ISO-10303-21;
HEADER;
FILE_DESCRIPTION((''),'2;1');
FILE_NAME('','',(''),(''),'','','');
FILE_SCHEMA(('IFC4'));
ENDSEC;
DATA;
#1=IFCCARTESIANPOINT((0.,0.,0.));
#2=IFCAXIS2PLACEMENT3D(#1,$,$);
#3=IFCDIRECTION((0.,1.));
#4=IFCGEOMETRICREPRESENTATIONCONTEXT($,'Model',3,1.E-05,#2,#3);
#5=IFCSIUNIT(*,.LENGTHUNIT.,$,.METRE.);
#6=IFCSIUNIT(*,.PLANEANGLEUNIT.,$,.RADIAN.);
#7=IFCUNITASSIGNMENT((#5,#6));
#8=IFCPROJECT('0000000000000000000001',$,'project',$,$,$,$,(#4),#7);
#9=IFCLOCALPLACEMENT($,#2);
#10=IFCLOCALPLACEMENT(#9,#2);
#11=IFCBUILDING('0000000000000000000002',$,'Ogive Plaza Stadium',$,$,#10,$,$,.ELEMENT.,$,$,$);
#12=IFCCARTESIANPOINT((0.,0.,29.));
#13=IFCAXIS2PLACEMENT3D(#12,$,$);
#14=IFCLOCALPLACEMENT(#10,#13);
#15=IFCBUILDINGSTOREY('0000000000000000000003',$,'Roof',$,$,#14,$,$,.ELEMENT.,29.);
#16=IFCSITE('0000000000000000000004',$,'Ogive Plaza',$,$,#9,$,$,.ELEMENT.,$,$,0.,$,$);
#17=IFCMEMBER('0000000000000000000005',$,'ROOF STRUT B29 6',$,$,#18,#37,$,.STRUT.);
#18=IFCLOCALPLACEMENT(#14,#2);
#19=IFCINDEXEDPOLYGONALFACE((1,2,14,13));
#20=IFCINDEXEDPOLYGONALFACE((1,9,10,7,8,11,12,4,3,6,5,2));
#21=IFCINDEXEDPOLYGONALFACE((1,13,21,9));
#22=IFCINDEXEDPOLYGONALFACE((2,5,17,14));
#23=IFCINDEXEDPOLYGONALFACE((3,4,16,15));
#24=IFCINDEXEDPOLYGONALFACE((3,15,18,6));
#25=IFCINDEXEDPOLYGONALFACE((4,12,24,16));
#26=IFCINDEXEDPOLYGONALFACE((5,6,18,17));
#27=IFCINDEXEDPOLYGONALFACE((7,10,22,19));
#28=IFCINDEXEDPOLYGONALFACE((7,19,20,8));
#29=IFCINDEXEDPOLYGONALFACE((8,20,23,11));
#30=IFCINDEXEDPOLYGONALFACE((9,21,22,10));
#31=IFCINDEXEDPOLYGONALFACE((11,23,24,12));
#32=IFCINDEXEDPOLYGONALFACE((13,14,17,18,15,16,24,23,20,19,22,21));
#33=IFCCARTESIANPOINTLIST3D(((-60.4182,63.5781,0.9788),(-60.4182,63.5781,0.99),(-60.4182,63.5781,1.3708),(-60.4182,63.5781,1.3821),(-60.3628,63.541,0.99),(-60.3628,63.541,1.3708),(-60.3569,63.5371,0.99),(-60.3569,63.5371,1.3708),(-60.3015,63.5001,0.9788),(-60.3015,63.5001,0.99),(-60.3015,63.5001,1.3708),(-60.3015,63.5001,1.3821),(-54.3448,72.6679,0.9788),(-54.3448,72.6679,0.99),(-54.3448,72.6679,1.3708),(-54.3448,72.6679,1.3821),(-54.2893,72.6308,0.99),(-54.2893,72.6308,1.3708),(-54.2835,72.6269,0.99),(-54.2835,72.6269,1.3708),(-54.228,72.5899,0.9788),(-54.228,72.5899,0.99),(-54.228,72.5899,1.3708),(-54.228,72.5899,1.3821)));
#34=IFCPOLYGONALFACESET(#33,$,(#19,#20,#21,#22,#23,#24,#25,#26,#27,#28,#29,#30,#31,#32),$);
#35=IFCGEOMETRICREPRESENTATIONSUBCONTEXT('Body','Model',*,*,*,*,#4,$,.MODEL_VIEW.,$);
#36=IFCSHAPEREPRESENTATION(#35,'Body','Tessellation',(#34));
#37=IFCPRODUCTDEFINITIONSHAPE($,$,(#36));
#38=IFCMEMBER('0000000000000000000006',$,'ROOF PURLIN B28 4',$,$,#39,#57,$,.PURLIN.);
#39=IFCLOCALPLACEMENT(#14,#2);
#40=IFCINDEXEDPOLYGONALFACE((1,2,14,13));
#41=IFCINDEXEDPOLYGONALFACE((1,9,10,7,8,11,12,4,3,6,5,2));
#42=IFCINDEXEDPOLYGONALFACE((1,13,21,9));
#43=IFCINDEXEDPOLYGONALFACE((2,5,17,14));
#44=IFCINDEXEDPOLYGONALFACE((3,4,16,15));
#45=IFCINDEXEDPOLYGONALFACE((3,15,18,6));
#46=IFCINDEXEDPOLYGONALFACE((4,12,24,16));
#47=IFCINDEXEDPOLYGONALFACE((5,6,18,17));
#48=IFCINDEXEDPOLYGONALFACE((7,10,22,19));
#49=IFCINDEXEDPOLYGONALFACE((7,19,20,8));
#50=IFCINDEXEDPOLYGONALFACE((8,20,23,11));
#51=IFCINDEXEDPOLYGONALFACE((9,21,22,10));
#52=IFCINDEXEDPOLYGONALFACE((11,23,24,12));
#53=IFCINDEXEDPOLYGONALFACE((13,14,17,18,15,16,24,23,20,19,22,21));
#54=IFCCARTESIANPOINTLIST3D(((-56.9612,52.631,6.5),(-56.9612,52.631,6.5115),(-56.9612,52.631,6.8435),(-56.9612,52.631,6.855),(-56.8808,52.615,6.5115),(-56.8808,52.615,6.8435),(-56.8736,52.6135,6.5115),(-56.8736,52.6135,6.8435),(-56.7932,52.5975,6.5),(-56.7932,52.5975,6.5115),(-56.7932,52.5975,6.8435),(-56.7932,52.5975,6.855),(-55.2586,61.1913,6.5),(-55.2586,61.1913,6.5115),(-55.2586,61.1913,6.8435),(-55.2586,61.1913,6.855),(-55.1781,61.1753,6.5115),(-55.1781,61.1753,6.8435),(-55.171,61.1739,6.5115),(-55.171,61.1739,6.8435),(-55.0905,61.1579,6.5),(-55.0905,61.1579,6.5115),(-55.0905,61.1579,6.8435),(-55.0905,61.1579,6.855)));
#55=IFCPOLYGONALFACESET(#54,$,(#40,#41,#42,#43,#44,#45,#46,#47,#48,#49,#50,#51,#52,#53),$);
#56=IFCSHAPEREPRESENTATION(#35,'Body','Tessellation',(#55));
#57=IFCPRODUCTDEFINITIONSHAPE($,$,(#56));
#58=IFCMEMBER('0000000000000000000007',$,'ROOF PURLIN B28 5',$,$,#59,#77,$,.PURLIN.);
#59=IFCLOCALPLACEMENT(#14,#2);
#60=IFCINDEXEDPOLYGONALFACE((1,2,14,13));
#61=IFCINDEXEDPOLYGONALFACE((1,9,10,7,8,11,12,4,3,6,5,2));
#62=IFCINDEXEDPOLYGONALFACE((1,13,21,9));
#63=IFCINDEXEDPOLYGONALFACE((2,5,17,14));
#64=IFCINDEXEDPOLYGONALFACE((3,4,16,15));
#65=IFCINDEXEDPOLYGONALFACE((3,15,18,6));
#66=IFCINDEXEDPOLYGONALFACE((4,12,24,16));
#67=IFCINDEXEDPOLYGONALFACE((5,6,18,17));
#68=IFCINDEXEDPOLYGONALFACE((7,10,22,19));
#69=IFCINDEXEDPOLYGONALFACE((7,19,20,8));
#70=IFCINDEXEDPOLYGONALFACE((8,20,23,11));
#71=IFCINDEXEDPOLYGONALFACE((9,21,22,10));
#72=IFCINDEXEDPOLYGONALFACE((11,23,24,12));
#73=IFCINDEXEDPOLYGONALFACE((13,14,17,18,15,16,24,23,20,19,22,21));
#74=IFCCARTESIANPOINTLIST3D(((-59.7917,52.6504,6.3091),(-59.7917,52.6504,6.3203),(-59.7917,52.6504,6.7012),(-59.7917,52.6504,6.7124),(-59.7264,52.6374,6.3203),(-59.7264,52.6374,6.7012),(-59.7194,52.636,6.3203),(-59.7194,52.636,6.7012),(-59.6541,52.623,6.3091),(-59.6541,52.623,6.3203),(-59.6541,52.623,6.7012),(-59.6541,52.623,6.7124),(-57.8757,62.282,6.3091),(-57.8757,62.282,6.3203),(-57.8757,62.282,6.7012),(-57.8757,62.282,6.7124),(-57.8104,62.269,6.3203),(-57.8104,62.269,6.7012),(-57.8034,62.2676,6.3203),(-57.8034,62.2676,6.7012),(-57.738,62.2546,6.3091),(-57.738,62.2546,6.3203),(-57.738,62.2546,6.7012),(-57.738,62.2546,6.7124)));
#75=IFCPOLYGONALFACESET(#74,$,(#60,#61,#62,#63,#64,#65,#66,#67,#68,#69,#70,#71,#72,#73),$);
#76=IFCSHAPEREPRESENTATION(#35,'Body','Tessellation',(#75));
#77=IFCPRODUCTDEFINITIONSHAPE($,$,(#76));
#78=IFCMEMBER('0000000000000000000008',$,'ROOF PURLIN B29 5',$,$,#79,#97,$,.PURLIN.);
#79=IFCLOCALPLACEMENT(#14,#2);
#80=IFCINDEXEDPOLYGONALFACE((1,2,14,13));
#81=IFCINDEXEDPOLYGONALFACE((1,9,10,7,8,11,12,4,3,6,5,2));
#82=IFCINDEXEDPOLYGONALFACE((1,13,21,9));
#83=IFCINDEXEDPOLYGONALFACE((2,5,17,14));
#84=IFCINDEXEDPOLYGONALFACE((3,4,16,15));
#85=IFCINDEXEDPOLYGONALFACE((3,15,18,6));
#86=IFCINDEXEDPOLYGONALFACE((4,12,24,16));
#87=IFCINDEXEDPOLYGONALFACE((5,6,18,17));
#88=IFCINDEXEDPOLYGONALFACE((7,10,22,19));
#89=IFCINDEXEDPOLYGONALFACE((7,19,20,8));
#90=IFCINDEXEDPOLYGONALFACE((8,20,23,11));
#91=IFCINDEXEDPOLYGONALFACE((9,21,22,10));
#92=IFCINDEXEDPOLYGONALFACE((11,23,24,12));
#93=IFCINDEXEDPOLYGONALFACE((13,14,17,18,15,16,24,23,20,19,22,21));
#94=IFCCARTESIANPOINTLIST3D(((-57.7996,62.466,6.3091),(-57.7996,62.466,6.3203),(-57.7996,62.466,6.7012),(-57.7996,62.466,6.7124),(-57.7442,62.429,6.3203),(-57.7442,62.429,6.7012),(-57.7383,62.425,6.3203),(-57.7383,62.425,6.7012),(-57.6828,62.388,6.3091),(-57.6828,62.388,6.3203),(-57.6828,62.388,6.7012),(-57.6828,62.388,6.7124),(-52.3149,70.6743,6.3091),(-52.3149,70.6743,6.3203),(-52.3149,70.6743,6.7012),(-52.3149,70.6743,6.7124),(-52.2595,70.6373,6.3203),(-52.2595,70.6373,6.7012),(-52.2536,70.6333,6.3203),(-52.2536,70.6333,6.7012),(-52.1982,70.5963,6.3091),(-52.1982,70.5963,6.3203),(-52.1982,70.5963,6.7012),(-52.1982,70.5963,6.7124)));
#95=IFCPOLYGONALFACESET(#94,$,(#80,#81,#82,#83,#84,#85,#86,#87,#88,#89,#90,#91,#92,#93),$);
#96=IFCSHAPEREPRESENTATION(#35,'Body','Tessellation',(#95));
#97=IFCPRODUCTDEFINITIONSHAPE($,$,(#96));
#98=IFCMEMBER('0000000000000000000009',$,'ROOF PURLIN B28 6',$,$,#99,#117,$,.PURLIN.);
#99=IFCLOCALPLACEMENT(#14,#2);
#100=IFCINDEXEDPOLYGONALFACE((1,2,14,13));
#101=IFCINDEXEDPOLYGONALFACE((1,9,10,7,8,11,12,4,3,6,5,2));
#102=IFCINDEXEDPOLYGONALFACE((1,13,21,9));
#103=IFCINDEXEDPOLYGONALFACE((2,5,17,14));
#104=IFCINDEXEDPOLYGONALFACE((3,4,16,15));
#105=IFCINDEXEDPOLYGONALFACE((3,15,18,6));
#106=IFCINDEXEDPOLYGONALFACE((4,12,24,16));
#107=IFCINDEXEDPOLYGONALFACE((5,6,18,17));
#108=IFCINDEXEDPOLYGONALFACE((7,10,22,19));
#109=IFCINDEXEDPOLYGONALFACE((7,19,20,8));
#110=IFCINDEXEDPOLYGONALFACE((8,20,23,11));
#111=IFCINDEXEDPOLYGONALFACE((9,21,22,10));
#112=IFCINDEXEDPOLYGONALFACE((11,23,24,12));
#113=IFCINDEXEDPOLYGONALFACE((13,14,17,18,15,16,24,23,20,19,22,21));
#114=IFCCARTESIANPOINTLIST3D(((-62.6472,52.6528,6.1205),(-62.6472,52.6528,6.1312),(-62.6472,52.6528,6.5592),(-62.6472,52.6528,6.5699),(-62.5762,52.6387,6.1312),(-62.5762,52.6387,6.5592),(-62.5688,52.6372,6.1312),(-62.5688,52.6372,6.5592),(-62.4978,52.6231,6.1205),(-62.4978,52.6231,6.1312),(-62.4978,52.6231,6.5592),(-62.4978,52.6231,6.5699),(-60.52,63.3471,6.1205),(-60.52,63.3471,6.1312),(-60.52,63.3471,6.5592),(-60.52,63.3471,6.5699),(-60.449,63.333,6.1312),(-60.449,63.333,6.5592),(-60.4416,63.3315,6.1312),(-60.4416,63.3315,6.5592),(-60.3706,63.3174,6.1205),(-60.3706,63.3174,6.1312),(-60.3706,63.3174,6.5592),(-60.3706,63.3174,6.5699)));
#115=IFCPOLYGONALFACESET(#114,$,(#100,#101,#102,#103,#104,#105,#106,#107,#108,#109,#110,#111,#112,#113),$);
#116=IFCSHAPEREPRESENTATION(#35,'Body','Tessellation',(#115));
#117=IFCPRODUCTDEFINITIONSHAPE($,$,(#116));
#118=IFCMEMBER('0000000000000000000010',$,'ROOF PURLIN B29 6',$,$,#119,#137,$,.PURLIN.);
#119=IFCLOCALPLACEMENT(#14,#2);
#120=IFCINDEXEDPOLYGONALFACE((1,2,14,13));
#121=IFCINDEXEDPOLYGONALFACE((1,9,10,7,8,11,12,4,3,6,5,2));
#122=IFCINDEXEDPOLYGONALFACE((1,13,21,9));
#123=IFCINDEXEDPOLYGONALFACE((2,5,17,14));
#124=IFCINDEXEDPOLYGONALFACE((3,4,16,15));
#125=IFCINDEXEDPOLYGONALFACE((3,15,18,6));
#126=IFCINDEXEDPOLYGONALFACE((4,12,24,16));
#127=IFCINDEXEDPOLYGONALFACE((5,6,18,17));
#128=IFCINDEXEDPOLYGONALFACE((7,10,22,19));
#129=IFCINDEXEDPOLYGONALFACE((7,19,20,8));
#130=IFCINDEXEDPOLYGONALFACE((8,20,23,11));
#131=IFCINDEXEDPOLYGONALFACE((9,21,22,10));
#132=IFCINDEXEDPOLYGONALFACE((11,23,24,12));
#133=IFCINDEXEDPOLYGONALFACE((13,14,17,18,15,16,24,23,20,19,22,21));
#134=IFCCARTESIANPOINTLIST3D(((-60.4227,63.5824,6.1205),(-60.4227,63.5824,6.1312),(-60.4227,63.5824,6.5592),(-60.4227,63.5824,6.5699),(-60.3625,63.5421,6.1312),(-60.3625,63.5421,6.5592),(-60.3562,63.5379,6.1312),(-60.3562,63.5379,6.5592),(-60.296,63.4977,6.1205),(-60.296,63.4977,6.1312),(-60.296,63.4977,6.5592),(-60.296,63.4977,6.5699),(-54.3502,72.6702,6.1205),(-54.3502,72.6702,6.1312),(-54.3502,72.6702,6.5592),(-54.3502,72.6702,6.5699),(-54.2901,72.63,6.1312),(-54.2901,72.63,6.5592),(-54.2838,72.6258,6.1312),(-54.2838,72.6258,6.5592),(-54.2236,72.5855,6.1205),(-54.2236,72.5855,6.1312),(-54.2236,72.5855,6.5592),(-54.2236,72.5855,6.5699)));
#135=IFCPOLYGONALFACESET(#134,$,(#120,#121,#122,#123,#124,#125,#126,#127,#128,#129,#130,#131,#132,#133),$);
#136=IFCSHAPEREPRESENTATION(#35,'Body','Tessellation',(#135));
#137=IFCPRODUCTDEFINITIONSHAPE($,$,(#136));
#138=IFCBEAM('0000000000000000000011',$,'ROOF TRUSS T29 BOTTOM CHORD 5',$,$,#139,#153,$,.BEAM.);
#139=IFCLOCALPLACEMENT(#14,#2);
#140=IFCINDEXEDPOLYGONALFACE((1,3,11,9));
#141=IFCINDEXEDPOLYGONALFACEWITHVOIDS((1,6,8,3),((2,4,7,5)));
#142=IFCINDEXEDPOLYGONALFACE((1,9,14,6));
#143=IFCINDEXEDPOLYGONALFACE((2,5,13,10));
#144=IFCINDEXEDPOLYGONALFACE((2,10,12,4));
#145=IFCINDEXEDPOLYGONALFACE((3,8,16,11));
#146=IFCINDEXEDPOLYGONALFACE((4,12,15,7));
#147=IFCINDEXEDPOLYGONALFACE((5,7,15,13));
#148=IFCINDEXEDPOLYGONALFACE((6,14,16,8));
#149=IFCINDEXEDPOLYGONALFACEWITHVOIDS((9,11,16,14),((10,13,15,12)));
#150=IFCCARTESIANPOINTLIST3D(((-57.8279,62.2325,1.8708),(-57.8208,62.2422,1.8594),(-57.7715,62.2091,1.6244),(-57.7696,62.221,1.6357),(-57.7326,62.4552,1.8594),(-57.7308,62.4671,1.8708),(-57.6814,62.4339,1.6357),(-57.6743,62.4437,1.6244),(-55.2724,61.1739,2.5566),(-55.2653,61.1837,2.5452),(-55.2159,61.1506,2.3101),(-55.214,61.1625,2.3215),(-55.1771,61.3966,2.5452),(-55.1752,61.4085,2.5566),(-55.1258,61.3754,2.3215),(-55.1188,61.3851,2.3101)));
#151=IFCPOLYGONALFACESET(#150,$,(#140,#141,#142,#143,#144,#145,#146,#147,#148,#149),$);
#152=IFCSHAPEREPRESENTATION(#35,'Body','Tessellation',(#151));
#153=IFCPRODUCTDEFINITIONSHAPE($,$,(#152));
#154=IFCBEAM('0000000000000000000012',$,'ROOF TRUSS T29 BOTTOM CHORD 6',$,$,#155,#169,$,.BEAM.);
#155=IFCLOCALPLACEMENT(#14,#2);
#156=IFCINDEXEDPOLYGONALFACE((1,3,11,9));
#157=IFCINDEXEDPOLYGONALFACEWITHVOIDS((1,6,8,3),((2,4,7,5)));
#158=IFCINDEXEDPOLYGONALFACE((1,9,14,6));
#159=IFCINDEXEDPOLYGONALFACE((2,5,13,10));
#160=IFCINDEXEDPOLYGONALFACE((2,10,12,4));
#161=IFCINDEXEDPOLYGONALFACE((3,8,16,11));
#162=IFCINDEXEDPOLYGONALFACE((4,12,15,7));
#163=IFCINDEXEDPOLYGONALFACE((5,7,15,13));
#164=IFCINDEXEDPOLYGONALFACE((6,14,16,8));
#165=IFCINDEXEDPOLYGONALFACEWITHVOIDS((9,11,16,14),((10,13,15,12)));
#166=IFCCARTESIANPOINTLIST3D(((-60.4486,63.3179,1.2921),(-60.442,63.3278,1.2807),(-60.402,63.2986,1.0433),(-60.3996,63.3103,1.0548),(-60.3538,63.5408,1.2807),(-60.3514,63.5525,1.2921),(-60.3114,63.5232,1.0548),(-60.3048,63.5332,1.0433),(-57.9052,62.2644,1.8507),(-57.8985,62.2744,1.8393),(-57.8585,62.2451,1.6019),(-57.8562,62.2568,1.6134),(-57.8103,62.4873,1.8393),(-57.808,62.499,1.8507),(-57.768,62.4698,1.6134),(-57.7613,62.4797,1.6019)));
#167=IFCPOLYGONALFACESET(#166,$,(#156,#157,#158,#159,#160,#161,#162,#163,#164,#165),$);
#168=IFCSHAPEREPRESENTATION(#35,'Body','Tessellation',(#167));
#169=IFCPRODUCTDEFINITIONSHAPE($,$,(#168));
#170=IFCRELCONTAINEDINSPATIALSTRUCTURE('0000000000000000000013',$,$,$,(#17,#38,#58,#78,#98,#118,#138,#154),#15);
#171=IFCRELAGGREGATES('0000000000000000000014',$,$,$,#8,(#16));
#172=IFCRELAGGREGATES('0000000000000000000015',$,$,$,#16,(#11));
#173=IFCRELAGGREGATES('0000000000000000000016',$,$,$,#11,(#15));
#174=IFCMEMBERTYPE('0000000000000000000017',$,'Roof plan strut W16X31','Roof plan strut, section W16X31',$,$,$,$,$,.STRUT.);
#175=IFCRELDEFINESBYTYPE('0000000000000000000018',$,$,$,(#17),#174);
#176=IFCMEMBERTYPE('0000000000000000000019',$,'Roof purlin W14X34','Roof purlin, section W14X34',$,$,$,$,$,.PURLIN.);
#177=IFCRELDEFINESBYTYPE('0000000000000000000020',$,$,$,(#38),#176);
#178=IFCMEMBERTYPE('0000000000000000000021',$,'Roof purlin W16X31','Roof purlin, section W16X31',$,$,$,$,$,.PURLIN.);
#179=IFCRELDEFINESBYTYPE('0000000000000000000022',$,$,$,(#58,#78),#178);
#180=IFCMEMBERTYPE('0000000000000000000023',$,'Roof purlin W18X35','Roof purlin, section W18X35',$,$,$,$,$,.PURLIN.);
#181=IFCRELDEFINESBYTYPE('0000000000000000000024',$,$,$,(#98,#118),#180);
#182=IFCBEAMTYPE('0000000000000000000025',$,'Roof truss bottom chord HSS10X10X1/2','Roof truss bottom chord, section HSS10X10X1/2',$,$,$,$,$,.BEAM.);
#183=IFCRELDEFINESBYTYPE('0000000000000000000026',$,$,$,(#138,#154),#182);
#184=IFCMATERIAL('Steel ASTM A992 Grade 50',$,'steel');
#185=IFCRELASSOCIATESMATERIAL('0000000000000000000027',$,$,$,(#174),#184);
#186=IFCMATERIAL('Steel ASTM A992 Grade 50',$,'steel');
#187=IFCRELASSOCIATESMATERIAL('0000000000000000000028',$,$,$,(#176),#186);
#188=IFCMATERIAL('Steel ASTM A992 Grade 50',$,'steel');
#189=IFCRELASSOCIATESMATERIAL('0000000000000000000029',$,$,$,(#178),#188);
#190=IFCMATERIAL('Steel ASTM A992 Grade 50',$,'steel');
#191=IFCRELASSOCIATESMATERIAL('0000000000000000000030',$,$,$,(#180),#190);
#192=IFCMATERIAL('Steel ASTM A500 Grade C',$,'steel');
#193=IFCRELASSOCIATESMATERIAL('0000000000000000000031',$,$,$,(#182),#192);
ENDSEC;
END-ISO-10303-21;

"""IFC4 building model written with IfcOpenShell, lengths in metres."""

from ifc_helpers import new_model, si_unit, direction, frame, origin, origin_2d, place, context, subcontext, project, spatial, hollow_rectangle, i_section, extrude, material, material_profile, profile_set, type_object, element, save


model = new_model("IFC4")

# Units and contexts
model_context = context("Model", 3, precision=1e-05, world=origin(), true_north=direction((0.0, 1.0)))
body_context = subcontext(model_context, "Body", "Model", "MODEL_VIEW")
ifc_project = project(units=[si_unit("LENGTHUNIT", "METRE"), si_unit("PLANEANGLEUNIT", "RADIAN")], contexts=[model_context])

# Site, building, storey
site_placement = place(None, origin())
site = spatial("IfcSite", under=ifc_project, at=site_placement, Name="Ogive Plaza", CompositionType="ELEMENT", RefElevation=0.0)
building_placement = place(site_placement, origin())
building = spatial("IfcBuilding", under=site, at=building_placement, Name="Ogive Plaza Stadium", CompositionType="ELEMENT")
storey_placement = place(building_placement, frame((0.0, 0.0, 29.0)))
storey = spatial("IfcBuildingStorey", under=building, at=storey_placement, Name="Roof", CompositionType="ELEMENT", Elevation=29.0)

# Members
ifc_material_1 = material(Name="Steel ASTM A992 Grade 50", Category="steel")
ifc_material_profile_1 = material_profile(ifc_material_1, i_section(OverallWidth=0.1404, OverallDepth=0.4033, WebThickness=0.0071, FlangeThickness=0.0112, at=origin_2d()), Name="W16X31")
ifc_profile_set_1 = profile_set([ifc_material_profile_1], Name="Steel ASTM A992 Grade 50")
member_type_1 = type_object("IfcMemberType", Name="Roof plan strut W16X31", Description="Roof plan strut, section W16X31", PredefinedType="STRUT", material=ifc_profile_set_1)
member_1_placement = place(storey_placement, frame((-60.3599, 63.5391, 1.1804), z_axis=(0.555561, 0.831476, 0.0), x_axis=(-0.831476, 0.555561, 0.0)))
element("IfcMember", 1, at=member_1_placement, inside=storey, type_object=member_type_1, Name="ROOF STRUT B29 6", PredefinedType="STRUT", context=body_context, shape_type="SweptSolid", body=[
    extrude(i_section(OverallWidth=0.1404, OverallDepth=0.4033, WebThickness=0.0071, FlangeThickness=0.0112, at=origin_2d()), origin(), (0.0, 0.0, 1.0), 10.9321),
])
ifc_material_2 = material(Name="Steel ASTM A992 Grade 50", Category="steel")
ifc_material_profile_2 = material_profile(ifc_material_2, i_section(OverallWidth=0.1714, OverallDepth=0.355, WebThickness=0.0073, FlangeThickness=0.0115, at=origin_2d()), Name="W14X34")
ifc_profile_set_2 = profile_set([ifc_material_profile_2], Name="Steel ASTM A992 Grade 50")
member_type_2 = type_object("IfcMemberType", Name="Roof purlin W14X34", Description="Roof purlin, section W14X34", PredefinedType="PURLIN", material=ifc_profile_set_2)
member_2_placement = place(storey_placement, frame((-56.8772, 52.6143, 6.6775), z_axis=(0.195078, 0.980788, 0.0), x_axis=(-0.980788, 0.195078, 0.0)))
element("IfcMember", 2, at=member_2_placement, inside=storey, type_object=member_type_2, Name="ROOF PURLIN B28 4", PredefinedType="PURLIN", context=body_context, shape_type="SweptSolid", body=[
    extrude(i_section(OverallWidth=0.1714, OverallDepth=0.355, WebThickness=0.0073, FlangeThickness=0.0115, at=origin_2d()), origin(), (0.0, 0.0, 1.0), 8.728),
])
ifc_material_3 = material(Name="Steel ASTM A992 Grade 50", Category="steel")
ifc_material_profile_3 = material_profile(ifc_material_3, i_section(OverallWidth=0.1404, OverallDepth=0.4033, WebThickness=0.0071, FlangeThickness=0.0112, at=origin_2d()), Name="W16X31")
ifc_profile_set_3 = profile_set([ifc_material_profile_3], Name="Steel ASTM A992 Grade 50")
member_type_3 = type_object("IfcMemberType", Name="Roof purlin W16X31", Description="Roof purlin, section W16X31", PredefinedType="PURLIN", material=ifc_profile_set_3)
member_3_placement = place(storey_placement, frame((-59.7229, 52.6367, 6.5107), z_axis=(0.195107, 0.980782, 0.0), x_axis=(-0.980782, 0.195107, 0.0)))
element("IfcMember", 3, at=member_3_placement, inside=storey, type_object=member_type_3, Name="ROOF PURLIN B28 5", PredefinedType="PURLIN", context=body_context, shape_type="SweptSolid", body=[
    extrude(i_section(OverallWidth=0.1404, OverallDepth=0.4033, WebThickness=0.0071, FlangeThickness=0.0112, at=origin_2d()), origin(), (0.0, 0.0, 1.0), 9.8203),
])
member_4_placement = place(storey_placement, frame((-57.7412, 62.427, 6.5107), z_axis=(0.555573, 0.831468, 0.0), x_axis=(-0.831468, 0.555573, 0.0)))
element("IfcMember", 4, at=member_4_placement, inside=storey, type_object=member_type_3, Name="ROOF PURLIN B29 5", PredefinedType="PURLIN", context=body_context, shape_type="SweptSolid", body=[
    extrude(i_section(OverallWidth=0.1404, OverallDepth=0.4033, WebThickness=0.0071, FlangeThickness=0.0112, at=origin_2d()), origin(), (0.0, 0.0, 1.0), 9.8721),
])
ifc_material_4 = material(Name="Steel ASTM A992 Grade 50", Category="steel")
ifc_material_profile_4 = material_profile(ifc_material_4, i_section(OverallWidth=0.1523, OverallDepth=0.4495, WebThickness=0.0076, FlangeThickness=0.0107, at=origin_2d()), Name="W18X35")
ifc_profile_set_4 = profile_set([ifc_material_profile_4], Name="Steel ASTM A992 Grade 50")
member_type_4 = type_object("IfcMemberType", Name="Roof purlin W18X35", Description="Roof purlin, section W18X35", PredefinedType="PURLIN", material=ifc_profile_set_4)
member_5_placement = place(storey_placement, frame((-62.5725, 52.6379, 6.3452), z_axis=(0.195087, 0.980786, 0.0), x_axis=(-0.980786, 0.195087, 0.0)))
element("IfcMember", 5, at=member_5_placement, inside=storey, type_object=member_type_4, Name="ROOF PURLIN B28 6", PredefinedType="PURLIN", context=body_context, shape_type="SweptSolid", body=[
    extrude(i_section(OverallWidth=0.1523, OverallDepth=0.4495, WebThickness=0.0076, FlangeThickness=0.0107, at=origin_2d()), origin(), (0.0, 0.0, 1.0), 10.9038),
])
member_6_placement = place(storey_placement, frame((-60.3594, 63.54, 6.3452), z_axis=(0.555581, 0.831462, 0.0), x_axis=(-0.831462, 0.555581, 0.0)))
element("IfcMember", 6, at=member_6_placement, inside=storey, type_object=member_type_4, Name="ROOF PURLIN B29 6", PredefinedType="PURLIN", context=body_context, shape_type="SweptSolid", body=[
    extrude(i_section(OverallWidth=0.1523, OverallDepth=0.4495, WebThickness=0.0076, FlangeThickness=0.0107, at=origin_2d()), origin(), (0.0, 0.0, 1.0), 10.9299),
])

# Beams
ifc_material_5 = material(Name="Steel ASTM A500 Grade C", Category="steel")
ifc_material_profile_5 = material_profile(ifc_material_5, hollow_rectangle(XDim=0.2539, YDim=0.2539, WallThickness=0.0117, at=origin_2d()), Name="HSS10X10X1/2")
ifc_profile_set_5 = profile_set([ifc_material_profile_5], Name="Steel ASTM A500 Grade C")
beam_type_1 = type_object("IfcBeamType", Name="Roof truss bottom chord HSS10X10X1/2", Description="Roof truss bottom chord, section HSS10X10X1/2", PredefinedType="BEAM", material=ifc_profile_set_5)
beam_1_placement = place(storey_placement, frame((-55.1956, 61.2795, 2.4333), z_axis=(-0.896733, 0.37144, -0.240631), x_axis=(-0.382684, -0.923879, 0.0)))
element("IfcBeam", 7, at=beam_1_placement, inside=storey, type_object=beam_type_1, Name="ROOF TRUSS T29 BOTTOM CHORD 5", PredefinedType="BEAM", context=body_context, shape_type="SweptSolid", body=[
    extrude(hollow_rectangle(XDim=0.2539, YDim=0.2539, WallThickness=0.0117, at=origin_2d()), origin(), (0.0, 0.0, 1.0), 2.8499),
])
beam_2_placement = place(storey_placement, frame((-57.8333, 62.3721, 1.7263), z_axis=(-0.905438, 0.375021, -0.198852), x_axis=(-0.382662, -0.923888, 0.0)))
element("IfcBeam", 8, at=beam_2_placement, inside=storey, type_object=beam_type_1, Name="ROOF TRUSS T29 BOTTOM CHORD 6", PredefinedType="BEAM", context=body_context, shape_type="SweptSolid", body=[
    extrude(hollow_rectangle(XDim=0.2539, YDim=0.2539, WallThickness=0.0117, at=origin_2d()), origin(), (0.0, 0.0, 1.0), 2.8091),
])

save(model, "model.ifc")
